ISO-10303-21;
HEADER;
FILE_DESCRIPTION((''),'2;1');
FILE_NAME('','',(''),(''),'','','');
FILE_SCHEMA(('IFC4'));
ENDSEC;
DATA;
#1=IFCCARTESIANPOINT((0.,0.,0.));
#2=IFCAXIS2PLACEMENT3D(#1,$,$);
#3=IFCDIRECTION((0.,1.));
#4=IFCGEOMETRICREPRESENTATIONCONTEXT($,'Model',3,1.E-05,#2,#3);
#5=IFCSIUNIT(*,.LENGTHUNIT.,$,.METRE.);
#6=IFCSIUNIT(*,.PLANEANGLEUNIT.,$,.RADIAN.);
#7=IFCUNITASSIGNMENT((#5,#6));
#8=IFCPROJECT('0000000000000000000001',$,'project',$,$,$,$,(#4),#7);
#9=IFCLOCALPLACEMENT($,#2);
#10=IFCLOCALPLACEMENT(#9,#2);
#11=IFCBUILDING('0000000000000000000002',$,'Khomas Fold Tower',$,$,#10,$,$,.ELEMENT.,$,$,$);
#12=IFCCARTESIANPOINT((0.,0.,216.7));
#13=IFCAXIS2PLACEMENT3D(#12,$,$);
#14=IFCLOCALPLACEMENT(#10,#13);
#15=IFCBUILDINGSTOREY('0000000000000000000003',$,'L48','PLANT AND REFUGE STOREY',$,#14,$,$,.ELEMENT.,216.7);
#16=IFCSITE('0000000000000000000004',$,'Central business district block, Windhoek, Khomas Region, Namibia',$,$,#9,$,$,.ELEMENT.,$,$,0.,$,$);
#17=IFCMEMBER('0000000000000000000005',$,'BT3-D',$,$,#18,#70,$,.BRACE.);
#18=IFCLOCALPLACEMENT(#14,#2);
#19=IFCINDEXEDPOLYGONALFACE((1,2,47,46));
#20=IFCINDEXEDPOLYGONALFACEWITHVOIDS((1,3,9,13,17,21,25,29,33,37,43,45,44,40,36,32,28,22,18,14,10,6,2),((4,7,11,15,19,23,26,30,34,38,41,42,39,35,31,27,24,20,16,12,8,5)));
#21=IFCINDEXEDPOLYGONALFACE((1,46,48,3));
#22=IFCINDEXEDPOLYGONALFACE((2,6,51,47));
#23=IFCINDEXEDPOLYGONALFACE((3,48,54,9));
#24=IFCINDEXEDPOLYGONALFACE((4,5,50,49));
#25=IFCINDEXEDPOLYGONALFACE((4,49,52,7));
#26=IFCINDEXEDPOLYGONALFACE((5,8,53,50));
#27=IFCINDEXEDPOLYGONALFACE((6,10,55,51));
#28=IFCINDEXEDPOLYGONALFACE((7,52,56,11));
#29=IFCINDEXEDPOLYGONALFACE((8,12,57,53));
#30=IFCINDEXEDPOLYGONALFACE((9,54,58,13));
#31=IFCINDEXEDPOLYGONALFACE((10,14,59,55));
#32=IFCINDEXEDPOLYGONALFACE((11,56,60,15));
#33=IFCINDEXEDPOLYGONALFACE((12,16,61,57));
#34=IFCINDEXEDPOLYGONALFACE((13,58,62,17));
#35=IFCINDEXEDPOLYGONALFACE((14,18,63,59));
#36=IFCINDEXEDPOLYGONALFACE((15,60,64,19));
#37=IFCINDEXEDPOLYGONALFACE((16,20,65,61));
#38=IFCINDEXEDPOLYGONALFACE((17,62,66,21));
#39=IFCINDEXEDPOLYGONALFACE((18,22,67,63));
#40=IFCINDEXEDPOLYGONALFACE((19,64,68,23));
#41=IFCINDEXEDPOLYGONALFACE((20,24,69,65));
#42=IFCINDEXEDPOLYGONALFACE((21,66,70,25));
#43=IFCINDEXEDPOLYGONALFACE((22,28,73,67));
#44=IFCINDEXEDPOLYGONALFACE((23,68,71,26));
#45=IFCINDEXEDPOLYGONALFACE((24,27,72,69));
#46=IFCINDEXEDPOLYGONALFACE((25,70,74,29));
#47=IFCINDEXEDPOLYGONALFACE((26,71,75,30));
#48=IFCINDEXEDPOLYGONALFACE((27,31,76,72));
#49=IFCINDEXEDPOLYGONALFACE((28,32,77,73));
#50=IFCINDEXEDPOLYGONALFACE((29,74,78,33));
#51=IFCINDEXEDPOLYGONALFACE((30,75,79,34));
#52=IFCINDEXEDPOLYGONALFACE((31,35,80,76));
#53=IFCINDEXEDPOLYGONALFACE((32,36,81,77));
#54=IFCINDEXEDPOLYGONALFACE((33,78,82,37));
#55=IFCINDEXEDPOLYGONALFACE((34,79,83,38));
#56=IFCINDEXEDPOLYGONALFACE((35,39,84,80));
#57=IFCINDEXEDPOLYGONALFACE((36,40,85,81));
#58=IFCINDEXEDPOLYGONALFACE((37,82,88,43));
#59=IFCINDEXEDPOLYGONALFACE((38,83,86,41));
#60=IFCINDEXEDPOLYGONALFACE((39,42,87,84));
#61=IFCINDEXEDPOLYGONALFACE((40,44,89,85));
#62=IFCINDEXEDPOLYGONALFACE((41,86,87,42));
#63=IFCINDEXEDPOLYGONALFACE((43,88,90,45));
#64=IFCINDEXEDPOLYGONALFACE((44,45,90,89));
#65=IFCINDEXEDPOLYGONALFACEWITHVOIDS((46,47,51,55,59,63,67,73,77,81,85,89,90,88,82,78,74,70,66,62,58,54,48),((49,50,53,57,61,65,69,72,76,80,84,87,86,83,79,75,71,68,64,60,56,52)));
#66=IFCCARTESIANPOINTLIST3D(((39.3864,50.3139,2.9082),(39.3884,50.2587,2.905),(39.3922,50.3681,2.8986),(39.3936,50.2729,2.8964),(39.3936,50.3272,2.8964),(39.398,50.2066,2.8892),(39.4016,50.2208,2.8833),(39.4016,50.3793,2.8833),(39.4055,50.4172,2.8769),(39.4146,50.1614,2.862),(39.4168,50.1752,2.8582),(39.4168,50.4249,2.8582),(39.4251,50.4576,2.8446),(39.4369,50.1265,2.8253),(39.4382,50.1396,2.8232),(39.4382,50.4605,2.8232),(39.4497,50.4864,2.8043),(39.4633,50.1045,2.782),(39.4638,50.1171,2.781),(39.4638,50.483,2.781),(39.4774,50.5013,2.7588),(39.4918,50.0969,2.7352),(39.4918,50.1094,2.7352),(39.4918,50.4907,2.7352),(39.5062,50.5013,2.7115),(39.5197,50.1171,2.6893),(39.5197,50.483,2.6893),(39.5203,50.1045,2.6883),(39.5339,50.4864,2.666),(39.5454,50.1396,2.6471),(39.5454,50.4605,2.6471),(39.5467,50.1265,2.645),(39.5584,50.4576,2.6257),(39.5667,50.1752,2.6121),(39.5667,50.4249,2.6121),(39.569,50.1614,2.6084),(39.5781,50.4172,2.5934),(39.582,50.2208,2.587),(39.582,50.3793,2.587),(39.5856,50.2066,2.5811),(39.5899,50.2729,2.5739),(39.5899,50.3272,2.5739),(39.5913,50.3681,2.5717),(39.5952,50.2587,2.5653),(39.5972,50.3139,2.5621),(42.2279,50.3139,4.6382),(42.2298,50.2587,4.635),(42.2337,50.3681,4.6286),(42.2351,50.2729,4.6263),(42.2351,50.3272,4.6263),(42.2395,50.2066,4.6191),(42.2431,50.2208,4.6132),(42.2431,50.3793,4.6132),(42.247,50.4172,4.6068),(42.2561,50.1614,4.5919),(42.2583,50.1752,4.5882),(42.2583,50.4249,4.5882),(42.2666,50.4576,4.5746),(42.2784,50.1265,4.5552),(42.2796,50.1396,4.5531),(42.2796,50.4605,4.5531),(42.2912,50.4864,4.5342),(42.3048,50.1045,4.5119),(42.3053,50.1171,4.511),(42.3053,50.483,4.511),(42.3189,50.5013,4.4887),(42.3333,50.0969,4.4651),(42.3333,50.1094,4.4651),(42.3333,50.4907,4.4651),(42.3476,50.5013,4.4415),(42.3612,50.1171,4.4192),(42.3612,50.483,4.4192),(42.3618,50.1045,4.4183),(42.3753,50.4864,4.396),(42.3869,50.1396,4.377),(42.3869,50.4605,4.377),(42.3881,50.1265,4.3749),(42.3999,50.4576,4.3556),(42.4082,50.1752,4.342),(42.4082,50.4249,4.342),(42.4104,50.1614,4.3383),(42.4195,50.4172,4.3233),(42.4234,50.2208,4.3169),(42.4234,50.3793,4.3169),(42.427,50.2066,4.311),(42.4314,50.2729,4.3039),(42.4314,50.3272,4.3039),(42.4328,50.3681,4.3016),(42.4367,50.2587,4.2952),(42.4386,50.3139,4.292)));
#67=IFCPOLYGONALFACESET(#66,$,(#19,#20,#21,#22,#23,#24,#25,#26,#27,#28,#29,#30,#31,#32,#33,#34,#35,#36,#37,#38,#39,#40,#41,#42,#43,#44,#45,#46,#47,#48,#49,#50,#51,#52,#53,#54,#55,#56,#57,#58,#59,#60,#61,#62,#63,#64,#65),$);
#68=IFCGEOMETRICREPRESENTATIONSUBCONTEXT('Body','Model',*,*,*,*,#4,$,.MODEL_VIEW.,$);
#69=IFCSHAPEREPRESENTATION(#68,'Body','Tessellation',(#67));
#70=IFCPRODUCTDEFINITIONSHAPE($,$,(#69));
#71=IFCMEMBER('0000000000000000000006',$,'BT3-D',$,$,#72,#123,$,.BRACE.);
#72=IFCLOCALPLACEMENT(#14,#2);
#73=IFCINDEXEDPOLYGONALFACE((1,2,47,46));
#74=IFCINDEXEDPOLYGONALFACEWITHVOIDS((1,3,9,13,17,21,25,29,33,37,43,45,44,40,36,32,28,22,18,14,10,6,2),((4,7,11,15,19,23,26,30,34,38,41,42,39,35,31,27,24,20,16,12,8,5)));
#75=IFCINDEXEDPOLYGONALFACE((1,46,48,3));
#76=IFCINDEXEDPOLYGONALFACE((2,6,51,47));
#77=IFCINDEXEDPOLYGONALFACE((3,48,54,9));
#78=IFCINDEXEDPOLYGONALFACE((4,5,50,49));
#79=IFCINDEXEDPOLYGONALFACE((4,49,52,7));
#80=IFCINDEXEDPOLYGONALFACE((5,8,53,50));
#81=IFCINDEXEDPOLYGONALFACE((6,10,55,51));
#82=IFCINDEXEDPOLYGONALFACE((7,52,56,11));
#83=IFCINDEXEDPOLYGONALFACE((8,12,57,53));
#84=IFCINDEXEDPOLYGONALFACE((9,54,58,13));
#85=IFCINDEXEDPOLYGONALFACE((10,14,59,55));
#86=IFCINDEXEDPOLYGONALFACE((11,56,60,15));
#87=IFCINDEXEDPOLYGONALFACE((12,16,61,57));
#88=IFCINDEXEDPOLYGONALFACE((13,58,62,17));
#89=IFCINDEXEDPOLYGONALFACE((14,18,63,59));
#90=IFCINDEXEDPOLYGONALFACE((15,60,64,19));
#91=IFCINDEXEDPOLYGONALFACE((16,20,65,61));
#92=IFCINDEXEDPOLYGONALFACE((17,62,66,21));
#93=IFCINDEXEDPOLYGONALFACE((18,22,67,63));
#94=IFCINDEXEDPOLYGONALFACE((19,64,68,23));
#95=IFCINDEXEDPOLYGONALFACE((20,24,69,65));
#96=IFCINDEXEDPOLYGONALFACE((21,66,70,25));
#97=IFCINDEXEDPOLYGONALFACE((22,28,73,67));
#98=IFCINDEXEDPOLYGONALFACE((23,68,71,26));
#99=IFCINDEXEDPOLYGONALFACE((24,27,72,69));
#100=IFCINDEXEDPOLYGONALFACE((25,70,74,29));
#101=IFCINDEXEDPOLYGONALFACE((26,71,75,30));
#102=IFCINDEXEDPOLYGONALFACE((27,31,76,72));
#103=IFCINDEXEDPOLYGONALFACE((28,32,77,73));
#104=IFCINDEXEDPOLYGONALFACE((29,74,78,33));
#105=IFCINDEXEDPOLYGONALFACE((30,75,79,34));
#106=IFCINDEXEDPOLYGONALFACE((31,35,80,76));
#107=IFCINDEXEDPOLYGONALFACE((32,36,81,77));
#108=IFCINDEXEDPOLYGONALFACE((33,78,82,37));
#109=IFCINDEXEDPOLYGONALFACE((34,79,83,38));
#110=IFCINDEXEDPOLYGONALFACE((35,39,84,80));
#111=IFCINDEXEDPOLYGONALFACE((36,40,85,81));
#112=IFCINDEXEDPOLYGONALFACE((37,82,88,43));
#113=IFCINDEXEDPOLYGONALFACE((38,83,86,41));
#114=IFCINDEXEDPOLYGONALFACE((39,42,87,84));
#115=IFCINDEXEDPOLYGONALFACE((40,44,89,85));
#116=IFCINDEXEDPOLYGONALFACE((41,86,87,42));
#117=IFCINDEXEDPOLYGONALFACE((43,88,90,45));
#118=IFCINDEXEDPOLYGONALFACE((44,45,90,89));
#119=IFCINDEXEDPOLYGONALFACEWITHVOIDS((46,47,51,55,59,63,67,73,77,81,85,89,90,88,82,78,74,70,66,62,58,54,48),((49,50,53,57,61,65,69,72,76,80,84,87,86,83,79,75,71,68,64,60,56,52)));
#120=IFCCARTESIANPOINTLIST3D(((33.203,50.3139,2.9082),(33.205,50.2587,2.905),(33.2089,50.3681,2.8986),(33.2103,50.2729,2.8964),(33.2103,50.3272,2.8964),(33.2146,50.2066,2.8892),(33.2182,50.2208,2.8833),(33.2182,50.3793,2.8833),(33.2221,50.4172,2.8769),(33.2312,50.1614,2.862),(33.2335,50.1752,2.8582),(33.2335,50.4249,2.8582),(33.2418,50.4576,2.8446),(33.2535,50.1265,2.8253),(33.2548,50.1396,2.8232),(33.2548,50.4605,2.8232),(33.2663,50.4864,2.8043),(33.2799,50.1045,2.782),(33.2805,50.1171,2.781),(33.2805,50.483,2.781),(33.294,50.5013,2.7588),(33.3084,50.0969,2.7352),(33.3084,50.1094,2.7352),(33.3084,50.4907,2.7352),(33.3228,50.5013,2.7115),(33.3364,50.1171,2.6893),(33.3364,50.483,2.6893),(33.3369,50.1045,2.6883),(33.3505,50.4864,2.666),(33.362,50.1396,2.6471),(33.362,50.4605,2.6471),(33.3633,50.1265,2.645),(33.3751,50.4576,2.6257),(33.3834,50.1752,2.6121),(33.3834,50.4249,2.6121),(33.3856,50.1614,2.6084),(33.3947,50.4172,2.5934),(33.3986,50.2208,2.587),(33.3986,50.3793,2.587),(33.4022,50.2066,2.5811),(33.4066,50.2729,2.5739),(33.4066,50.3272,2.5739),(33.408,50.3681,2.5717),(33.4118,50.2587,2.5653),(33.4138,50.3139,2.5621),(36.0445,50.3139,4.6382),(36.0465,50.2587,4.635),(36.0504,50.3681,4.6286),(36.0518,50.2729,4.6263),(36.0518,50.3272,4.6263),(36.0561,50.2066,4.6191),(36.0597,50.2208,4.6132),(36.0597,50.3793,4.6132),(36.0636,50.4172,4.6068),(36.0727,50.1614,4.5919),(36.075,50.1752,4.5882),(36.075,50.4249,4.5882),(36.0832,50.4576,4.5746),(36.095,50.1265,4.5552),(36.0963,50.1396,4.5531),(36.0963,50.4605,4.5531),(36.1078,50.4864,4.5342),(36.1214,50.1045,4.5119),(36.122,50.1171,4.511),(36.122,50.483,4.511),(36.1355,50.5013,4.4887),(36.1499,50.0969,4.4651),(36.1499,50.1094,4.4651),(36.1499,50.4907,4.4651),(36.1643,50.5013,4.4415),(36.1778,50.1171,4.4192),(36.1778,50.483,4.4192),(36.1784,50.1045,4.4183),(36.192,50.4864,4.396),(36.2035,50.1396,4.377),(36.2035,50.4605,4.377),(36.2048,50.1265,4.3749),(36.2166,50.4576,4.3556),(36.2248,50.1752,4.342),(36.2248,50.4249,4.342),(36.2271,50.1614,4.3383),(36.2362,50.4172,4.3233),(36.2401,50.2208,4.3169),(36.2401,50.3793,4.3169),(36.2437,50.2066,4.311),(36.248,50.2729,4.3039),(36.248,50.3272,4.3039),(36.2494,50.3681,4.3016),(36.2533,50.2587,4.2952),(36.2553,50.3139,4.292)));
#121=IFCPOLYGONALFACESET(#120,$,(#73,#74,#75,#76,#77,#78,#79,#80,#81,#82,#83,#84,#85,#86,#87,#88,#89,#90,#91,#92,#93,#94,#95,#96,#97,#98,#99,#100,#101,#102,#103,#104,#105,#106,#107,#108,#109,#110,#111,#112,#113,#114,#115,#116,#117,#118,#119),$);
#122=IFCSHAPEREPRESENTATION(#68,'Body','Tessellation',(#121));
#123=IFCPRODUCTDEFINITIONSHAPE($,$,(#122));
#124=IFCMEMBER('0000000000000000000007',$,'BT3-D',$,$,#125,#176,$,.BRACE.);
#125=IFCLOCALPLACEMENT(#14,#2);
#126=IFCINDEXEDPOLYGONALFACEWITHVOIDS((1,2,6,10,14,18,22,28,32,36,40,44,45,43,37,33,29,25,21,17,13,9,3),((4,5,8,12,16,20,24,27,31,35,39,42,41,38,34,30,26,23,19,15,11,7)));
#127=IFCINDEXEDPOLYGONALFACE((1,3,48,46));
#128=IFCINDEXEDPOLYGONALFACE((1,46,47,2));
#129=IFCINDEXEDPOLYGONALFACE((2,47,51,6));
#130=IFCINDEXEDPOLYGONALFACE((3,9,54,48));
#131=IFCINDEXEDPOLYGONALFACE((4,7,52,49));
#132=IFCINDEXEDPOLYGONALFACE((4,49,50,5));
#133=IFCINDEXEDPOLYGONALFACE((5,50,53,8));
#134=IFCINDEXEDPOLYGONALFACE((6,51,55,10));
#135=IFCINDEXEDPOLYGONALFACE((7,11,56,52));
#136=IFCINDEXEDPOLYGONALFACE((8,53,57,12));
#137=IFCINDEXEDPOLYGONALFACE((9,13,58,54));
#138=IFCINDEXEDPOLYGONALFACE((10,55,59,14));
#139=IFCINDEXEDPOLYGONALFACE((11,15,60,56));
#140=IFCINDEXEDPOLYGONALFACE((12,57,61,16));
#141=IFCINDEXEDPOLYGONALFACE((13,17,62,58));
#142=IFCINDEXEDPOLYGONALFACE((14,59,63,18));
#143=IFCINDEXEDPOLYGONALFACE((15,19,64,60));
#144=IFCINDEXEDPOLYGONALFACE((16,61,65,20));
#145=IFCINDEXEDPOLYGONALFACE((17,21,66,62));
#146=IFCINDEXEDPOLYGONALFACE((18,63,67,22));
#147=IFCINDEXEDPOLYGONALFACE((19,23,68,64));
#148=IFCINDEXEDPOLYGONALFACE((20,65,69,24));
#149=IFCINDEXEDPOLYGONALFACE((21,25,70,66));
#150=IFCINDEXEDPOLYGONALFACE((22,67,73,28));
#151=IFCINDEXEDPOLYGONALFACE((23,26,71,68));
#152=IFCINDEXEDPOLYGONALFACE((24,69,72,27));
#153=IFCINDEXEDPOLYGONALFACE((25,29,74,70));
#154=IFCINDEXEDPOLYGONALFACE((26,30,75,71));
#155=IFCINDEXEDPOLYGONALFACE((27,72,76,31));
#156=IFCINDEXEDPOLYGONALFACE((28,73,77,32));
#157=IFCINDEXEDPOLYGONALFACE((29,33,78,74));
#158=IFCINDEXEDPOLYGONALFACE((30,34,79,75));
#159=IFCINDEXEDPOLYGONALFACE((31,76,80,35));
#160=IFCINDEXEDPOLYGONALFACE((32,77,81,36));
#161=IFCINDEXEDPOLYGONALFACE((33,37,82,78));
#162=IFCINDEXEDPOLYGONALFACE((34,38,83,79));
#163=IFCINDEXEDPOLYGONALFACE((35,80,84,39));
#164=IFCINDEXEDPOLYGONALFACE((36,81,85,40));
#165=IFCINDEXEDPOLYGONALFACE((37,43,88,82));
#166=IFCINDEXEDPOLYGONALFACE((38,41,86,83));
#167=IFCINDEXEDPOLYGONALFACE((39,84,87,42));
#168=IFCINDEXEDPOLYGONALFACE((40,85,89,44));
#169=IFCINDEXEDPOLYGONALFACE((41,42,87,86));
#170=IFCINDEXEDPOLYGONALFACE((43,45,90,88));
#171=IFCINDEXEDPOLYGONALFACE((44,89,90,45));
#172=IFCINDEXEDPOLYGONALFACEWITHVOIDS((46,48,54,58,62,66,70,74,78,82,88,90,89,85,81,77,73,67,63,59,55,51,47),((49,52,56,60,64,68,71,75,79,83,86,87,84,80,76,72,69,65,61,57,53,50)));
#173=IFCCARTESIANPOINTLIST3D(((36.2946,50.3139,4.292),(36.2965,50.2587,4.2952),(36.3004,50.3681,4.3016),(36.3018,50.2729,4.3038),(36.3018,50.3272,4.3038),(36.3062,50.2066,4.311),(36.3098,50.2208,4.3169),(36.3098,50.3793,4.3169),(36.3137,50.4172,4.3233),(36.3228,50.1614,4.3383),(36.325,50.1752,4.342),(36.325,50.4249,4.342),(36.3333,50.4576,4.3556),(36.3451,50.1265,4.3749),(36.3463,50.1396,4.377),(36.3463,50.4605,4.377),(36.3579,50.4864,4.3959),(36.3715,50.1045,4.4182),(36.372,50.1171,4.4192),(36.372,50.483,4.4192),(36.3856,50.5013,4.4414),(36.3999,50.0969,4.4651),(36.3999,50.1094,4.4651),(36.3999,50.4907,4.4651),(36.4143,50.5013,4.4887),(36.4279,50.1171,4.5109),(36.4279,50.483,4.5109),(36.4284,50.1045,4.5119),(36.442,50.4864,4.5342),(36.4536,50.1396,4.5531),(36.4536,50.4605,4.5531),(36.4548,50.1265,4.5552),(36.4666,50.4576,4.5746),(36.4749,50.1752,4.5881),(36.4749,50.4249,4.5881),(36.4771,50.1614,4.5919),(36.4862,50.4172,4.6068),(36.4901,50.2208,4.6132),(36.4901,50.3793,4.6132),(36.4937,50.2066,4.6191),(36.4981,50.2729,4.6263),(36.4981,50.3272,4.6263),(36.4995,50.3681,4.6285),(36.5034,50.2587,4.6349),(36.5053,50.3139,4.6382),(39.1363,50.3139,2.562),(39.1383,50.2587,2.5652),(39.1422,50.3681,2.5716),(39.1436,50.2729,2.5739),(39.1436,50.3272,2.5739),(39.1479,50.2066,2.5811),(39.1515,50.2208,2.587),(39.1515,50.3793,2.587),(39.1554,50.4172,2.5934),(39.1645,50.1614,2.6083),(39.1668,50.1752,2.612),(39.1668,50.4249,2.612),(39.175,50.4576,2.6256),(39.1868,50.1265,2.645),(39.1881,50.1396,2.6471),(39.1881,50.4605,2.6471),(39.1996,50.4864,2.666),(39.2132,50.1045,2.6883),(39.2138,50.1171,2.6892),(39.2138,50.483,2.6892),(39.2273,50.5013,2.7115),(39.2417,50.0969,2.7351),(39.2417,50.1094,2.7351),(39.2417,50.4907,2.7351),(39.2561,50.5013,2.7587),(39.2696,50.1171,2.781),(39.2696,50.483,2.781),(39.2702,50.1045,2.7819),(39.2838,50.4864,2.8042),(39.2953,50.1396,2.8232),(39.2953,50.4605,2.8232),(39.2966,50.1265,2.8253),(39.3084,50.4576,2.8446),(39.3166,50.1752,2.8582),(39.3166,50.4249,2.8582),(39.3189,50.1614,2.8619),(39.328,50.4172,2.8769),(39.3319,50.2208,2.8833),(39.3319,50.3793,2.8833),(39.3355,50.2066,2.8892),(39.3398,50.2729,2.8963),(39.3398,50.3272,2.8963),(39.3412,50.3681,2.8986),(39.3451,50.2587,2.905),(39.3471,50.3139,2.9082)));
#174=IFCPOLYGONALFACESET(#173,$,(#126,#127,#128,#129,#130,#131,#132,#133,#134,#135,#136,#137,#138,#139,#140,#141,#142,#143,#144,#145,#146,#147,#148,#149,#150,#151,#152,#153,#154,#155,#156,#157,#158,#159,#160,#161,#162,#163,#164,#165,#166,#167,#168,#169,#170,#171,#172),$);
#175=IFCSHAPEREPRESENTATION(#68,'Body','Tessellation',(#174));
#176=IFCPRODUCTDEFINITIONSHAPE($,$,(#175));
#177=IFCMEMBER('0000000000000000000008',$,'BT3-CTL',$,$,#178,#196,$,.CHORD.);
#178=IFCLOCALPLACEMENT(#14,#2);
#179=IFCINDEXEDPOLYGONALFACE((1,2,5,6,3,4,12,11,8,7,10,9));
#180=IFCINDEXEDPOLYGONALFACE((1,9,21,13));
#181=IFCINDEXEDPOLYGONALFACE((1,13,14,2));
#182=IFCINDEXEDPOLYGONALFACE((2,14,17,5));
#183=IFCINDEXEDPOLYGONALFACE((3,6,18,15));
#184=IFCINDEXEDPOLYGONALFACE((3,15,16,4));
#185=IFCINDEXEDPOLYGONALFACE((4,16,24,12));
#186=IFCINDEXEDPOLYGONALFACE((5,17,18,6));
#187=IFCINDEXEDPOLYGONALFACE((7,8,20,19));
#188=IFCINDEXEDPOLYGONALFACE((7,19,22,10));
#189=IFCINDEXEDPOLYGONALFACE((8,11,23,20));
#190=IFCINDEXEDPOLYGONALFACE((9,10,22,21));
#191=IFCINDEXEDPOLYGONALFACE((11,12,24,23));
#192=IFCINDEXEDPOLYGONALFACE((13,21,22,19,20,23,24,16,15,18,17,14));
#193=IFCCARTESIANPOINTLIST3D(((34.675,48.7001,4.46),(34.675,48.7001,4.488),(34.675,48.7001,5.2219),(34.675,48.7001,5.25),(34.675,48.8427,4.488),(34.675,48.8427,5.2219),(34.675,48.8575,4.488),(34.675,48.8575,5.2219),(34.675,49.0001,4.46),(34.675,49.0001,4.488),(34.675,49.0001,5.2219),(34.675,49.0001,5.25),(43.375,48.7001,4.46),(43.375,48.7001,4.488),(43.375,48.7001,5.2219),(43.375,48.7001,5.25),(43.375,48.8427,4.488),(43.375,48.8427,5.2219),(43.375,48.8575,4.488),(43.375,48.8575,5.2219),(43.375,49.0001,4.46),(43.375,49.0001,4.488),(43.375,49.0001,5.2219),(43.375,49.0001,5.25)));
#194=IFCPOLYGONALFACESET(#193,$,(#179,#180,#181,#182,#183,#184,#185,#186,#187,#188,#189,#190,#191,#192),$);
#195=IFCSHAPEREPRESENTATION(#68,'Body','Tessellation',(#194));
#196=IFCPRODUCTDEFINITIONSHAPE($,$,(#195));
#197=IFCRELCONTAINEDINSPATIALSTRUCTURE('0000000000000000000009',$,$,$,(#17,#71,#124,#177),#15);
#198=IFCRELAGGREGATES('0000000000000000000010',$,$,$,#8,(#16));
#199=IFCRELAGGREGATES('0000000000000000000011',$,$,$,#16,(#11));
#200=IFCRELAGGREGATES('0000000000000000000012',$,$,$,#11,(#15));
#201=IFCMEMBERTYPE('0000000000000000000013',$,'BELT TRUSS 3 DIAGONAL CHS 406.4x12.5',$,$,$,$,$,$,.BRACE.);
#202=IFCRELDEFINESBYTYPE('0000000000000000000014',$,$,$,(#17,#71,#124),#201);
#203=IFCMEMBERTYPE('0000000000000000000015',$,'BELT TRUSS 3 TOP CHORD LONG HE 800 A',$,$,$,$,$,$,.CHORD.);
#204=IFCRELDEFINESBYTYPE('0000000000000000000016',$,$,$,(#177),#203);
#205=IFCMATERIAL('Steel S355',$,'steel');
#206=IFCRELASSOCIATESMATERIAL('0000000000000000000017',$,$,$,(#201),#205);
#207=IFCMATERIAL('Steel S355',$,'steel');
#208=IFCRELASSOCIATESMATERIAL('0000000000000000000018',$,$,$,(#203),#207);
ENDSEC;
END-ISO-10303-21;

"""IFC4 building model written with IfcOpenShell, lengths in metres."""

from ifc_helpers import new_model, si_unit, direction, frame, origin, origin_2d, place, context, subcontext, project, spatial, hollow_circle, i_section, extrude, source, transform, mapped, material, material_profile, profile_set, type_object, element, save


model = new_model("IFC4")

# Units and contexts
model_context = context("Model", 3, precision=1e-05, world=origin(), true_north=direction((0.0, 1.0)))
body_context = subcontext(model_context, "Body", "Model", "MODEL_VIEW")
ifc_project = project(units=[si_unit("LENGTHUNIT", "METRE"), si_unit("PLANEANGLEUNIT", "RADIAN")], contexts=[model_context])

# Site, building, storey
site_placement = place(None, origin())
site = spatial("IfcSite", under=ifc_project, at=site_placement, Name="Central business district block, Windhoek, Khomas Region, Namibia", CompositionType="ELEMENT", RefElevation=0.0)
building_placement = place(site_placement, origin())
building = spatial("IfcBuilding", under=site, at=building_placement, Name="Khomas Fold Tower", CompositionType="ELEMENT")
storey_placement = place(building_placement, frame((0.0, 0.0, 216.7)))
storey = spatial("IfcBuildingStorey", under=building, at=storey_placement, Name="L48", Description="PLANT AND REFUGE STOREY", CompositionType="ELEMENT", Elevation=216.7)

# Members
ifc_material_1 = material(Name="Steel S355", Category="steel")
ifc_material_profile_1 = material_profile(ifc_material_1, hollow_circle(Radius=0.2031, WallThickness=0.0125, at=origin_2d()), Name="CHS 406.4x12.5")
ifc_profile_set_1 = profile_set([ifc_material_profile_1], Name="Steel S355")
member_type_1 = type_object("IfcMemberType", Name="BELT TRUSS 3 DIAGONAL CHS 406.4x12.5", PredefinedType="BRACE", material=ifc_profile_set_1)
shared_shape_1 = source(origin(), body_context, "Body", "SweptSolid", [
    extrude(hollow_circle(Radius=0.2031, WallThickness=0.0125, at=origin_2d()), origin(), (0.0, 0.0, 1.0), 3.3267),
])
for number, where, z_axis, x_axis, name in (
    (1, (42.3333, 50.3, 4.4651), (-0.854153, 0.0, -0.520021), (0.0, -1.0, 0.0), "BT3-D"),
    (2, (36.1499, 50.3, 4.4651), (-0.854153, 0.0, -0.520021), (0.0, -1.0, 0.0), "BT3-D"),
):
    element("IfcMember", number, at=place(storey_placement, frame(where, z_axis=z_axis, x_axis=x_axis)), inside=storey, type_object=member_type_1, Name=name, PredefinedType="BRACE", context=body_context, shape_type="MappedRepresentation", body=[
        mapped(shared_shape_1, transform((0.0, 0.0, 0.0))),
    ])
shared_shape_2 = source(origin(), body_context, "Body", "SweptSolid", [
    extrude(hollow_circle(Radius=0.2031, WallThickness=0.0125, at=origin_2d()), origin(), (0.0, 0.0, 1.0), 3.3269),
])
member_1_placement = place(storey_placement, frame((39.2417, 50.3, 2.7351), z_axis=(-0.854173, 0.0, 0.519989), x_axis=(0.0, -1.0, 0.0)))
element("IfcMember", 3, at=member_1_placement, inside=storey, type_object=member_type_1, Name="BT3-D", PredefinedType="BRACE", context=body_context, shape_type="MappedRepresentation", body=[
    mapped(shared_shape_2, transform((0.0, 0.0, 0.0))),
])
ifc_material_2 = material(Name="Steel S355", Category="steel")
ifc_material_profile_2 = material_profile(ifc_material_2, i_section(OverallWidth=0.3, OverallDepth=0.79, WebThickness=0.0149, FlangeThickness=0.0281, at=origin_2d()), Name="HE 800 A")
ifc_profile_set_2 = profile_set([ifc_material_profile_2], Name="Steel S355")
member_type_2 = type_object("IfcMemberType", Name="BELT TRUSS 3 TOP CHORD LONG HE 800 A", PredefinedType="CHORD", material=ifc_profile_set_2)
shared_shape_3 = source(origin(), body_context, "Body", "SweptSolid", [
    extrude(i_section(OverallWidth=0.3, OverallDepth=0.79, WebThickness=0.0149, FlangeThickness=0.0281, at=origin_2d()), origin(), (0.0, 0.0, 1.0), 8.7),
])
member_2_placement = place(storey_placement, frame((43.375, 48.8501, 4.855), z_axis=(-1.0, 0.0, 0.0), x_axis=(0.0, -1.0, 0.0)))
element("IfcMember", 4, at=member_2_placement, inside=storey, type_object=member_type_2, Name="BT3-CTL", PredefinedType="CHORD", context=body_context, shape_type="MappedRepresentation", body=[
    mapped(shared_shape_3, transform((0.0, 0.0, 0.0))),
])

save(model, "model.ifc")
